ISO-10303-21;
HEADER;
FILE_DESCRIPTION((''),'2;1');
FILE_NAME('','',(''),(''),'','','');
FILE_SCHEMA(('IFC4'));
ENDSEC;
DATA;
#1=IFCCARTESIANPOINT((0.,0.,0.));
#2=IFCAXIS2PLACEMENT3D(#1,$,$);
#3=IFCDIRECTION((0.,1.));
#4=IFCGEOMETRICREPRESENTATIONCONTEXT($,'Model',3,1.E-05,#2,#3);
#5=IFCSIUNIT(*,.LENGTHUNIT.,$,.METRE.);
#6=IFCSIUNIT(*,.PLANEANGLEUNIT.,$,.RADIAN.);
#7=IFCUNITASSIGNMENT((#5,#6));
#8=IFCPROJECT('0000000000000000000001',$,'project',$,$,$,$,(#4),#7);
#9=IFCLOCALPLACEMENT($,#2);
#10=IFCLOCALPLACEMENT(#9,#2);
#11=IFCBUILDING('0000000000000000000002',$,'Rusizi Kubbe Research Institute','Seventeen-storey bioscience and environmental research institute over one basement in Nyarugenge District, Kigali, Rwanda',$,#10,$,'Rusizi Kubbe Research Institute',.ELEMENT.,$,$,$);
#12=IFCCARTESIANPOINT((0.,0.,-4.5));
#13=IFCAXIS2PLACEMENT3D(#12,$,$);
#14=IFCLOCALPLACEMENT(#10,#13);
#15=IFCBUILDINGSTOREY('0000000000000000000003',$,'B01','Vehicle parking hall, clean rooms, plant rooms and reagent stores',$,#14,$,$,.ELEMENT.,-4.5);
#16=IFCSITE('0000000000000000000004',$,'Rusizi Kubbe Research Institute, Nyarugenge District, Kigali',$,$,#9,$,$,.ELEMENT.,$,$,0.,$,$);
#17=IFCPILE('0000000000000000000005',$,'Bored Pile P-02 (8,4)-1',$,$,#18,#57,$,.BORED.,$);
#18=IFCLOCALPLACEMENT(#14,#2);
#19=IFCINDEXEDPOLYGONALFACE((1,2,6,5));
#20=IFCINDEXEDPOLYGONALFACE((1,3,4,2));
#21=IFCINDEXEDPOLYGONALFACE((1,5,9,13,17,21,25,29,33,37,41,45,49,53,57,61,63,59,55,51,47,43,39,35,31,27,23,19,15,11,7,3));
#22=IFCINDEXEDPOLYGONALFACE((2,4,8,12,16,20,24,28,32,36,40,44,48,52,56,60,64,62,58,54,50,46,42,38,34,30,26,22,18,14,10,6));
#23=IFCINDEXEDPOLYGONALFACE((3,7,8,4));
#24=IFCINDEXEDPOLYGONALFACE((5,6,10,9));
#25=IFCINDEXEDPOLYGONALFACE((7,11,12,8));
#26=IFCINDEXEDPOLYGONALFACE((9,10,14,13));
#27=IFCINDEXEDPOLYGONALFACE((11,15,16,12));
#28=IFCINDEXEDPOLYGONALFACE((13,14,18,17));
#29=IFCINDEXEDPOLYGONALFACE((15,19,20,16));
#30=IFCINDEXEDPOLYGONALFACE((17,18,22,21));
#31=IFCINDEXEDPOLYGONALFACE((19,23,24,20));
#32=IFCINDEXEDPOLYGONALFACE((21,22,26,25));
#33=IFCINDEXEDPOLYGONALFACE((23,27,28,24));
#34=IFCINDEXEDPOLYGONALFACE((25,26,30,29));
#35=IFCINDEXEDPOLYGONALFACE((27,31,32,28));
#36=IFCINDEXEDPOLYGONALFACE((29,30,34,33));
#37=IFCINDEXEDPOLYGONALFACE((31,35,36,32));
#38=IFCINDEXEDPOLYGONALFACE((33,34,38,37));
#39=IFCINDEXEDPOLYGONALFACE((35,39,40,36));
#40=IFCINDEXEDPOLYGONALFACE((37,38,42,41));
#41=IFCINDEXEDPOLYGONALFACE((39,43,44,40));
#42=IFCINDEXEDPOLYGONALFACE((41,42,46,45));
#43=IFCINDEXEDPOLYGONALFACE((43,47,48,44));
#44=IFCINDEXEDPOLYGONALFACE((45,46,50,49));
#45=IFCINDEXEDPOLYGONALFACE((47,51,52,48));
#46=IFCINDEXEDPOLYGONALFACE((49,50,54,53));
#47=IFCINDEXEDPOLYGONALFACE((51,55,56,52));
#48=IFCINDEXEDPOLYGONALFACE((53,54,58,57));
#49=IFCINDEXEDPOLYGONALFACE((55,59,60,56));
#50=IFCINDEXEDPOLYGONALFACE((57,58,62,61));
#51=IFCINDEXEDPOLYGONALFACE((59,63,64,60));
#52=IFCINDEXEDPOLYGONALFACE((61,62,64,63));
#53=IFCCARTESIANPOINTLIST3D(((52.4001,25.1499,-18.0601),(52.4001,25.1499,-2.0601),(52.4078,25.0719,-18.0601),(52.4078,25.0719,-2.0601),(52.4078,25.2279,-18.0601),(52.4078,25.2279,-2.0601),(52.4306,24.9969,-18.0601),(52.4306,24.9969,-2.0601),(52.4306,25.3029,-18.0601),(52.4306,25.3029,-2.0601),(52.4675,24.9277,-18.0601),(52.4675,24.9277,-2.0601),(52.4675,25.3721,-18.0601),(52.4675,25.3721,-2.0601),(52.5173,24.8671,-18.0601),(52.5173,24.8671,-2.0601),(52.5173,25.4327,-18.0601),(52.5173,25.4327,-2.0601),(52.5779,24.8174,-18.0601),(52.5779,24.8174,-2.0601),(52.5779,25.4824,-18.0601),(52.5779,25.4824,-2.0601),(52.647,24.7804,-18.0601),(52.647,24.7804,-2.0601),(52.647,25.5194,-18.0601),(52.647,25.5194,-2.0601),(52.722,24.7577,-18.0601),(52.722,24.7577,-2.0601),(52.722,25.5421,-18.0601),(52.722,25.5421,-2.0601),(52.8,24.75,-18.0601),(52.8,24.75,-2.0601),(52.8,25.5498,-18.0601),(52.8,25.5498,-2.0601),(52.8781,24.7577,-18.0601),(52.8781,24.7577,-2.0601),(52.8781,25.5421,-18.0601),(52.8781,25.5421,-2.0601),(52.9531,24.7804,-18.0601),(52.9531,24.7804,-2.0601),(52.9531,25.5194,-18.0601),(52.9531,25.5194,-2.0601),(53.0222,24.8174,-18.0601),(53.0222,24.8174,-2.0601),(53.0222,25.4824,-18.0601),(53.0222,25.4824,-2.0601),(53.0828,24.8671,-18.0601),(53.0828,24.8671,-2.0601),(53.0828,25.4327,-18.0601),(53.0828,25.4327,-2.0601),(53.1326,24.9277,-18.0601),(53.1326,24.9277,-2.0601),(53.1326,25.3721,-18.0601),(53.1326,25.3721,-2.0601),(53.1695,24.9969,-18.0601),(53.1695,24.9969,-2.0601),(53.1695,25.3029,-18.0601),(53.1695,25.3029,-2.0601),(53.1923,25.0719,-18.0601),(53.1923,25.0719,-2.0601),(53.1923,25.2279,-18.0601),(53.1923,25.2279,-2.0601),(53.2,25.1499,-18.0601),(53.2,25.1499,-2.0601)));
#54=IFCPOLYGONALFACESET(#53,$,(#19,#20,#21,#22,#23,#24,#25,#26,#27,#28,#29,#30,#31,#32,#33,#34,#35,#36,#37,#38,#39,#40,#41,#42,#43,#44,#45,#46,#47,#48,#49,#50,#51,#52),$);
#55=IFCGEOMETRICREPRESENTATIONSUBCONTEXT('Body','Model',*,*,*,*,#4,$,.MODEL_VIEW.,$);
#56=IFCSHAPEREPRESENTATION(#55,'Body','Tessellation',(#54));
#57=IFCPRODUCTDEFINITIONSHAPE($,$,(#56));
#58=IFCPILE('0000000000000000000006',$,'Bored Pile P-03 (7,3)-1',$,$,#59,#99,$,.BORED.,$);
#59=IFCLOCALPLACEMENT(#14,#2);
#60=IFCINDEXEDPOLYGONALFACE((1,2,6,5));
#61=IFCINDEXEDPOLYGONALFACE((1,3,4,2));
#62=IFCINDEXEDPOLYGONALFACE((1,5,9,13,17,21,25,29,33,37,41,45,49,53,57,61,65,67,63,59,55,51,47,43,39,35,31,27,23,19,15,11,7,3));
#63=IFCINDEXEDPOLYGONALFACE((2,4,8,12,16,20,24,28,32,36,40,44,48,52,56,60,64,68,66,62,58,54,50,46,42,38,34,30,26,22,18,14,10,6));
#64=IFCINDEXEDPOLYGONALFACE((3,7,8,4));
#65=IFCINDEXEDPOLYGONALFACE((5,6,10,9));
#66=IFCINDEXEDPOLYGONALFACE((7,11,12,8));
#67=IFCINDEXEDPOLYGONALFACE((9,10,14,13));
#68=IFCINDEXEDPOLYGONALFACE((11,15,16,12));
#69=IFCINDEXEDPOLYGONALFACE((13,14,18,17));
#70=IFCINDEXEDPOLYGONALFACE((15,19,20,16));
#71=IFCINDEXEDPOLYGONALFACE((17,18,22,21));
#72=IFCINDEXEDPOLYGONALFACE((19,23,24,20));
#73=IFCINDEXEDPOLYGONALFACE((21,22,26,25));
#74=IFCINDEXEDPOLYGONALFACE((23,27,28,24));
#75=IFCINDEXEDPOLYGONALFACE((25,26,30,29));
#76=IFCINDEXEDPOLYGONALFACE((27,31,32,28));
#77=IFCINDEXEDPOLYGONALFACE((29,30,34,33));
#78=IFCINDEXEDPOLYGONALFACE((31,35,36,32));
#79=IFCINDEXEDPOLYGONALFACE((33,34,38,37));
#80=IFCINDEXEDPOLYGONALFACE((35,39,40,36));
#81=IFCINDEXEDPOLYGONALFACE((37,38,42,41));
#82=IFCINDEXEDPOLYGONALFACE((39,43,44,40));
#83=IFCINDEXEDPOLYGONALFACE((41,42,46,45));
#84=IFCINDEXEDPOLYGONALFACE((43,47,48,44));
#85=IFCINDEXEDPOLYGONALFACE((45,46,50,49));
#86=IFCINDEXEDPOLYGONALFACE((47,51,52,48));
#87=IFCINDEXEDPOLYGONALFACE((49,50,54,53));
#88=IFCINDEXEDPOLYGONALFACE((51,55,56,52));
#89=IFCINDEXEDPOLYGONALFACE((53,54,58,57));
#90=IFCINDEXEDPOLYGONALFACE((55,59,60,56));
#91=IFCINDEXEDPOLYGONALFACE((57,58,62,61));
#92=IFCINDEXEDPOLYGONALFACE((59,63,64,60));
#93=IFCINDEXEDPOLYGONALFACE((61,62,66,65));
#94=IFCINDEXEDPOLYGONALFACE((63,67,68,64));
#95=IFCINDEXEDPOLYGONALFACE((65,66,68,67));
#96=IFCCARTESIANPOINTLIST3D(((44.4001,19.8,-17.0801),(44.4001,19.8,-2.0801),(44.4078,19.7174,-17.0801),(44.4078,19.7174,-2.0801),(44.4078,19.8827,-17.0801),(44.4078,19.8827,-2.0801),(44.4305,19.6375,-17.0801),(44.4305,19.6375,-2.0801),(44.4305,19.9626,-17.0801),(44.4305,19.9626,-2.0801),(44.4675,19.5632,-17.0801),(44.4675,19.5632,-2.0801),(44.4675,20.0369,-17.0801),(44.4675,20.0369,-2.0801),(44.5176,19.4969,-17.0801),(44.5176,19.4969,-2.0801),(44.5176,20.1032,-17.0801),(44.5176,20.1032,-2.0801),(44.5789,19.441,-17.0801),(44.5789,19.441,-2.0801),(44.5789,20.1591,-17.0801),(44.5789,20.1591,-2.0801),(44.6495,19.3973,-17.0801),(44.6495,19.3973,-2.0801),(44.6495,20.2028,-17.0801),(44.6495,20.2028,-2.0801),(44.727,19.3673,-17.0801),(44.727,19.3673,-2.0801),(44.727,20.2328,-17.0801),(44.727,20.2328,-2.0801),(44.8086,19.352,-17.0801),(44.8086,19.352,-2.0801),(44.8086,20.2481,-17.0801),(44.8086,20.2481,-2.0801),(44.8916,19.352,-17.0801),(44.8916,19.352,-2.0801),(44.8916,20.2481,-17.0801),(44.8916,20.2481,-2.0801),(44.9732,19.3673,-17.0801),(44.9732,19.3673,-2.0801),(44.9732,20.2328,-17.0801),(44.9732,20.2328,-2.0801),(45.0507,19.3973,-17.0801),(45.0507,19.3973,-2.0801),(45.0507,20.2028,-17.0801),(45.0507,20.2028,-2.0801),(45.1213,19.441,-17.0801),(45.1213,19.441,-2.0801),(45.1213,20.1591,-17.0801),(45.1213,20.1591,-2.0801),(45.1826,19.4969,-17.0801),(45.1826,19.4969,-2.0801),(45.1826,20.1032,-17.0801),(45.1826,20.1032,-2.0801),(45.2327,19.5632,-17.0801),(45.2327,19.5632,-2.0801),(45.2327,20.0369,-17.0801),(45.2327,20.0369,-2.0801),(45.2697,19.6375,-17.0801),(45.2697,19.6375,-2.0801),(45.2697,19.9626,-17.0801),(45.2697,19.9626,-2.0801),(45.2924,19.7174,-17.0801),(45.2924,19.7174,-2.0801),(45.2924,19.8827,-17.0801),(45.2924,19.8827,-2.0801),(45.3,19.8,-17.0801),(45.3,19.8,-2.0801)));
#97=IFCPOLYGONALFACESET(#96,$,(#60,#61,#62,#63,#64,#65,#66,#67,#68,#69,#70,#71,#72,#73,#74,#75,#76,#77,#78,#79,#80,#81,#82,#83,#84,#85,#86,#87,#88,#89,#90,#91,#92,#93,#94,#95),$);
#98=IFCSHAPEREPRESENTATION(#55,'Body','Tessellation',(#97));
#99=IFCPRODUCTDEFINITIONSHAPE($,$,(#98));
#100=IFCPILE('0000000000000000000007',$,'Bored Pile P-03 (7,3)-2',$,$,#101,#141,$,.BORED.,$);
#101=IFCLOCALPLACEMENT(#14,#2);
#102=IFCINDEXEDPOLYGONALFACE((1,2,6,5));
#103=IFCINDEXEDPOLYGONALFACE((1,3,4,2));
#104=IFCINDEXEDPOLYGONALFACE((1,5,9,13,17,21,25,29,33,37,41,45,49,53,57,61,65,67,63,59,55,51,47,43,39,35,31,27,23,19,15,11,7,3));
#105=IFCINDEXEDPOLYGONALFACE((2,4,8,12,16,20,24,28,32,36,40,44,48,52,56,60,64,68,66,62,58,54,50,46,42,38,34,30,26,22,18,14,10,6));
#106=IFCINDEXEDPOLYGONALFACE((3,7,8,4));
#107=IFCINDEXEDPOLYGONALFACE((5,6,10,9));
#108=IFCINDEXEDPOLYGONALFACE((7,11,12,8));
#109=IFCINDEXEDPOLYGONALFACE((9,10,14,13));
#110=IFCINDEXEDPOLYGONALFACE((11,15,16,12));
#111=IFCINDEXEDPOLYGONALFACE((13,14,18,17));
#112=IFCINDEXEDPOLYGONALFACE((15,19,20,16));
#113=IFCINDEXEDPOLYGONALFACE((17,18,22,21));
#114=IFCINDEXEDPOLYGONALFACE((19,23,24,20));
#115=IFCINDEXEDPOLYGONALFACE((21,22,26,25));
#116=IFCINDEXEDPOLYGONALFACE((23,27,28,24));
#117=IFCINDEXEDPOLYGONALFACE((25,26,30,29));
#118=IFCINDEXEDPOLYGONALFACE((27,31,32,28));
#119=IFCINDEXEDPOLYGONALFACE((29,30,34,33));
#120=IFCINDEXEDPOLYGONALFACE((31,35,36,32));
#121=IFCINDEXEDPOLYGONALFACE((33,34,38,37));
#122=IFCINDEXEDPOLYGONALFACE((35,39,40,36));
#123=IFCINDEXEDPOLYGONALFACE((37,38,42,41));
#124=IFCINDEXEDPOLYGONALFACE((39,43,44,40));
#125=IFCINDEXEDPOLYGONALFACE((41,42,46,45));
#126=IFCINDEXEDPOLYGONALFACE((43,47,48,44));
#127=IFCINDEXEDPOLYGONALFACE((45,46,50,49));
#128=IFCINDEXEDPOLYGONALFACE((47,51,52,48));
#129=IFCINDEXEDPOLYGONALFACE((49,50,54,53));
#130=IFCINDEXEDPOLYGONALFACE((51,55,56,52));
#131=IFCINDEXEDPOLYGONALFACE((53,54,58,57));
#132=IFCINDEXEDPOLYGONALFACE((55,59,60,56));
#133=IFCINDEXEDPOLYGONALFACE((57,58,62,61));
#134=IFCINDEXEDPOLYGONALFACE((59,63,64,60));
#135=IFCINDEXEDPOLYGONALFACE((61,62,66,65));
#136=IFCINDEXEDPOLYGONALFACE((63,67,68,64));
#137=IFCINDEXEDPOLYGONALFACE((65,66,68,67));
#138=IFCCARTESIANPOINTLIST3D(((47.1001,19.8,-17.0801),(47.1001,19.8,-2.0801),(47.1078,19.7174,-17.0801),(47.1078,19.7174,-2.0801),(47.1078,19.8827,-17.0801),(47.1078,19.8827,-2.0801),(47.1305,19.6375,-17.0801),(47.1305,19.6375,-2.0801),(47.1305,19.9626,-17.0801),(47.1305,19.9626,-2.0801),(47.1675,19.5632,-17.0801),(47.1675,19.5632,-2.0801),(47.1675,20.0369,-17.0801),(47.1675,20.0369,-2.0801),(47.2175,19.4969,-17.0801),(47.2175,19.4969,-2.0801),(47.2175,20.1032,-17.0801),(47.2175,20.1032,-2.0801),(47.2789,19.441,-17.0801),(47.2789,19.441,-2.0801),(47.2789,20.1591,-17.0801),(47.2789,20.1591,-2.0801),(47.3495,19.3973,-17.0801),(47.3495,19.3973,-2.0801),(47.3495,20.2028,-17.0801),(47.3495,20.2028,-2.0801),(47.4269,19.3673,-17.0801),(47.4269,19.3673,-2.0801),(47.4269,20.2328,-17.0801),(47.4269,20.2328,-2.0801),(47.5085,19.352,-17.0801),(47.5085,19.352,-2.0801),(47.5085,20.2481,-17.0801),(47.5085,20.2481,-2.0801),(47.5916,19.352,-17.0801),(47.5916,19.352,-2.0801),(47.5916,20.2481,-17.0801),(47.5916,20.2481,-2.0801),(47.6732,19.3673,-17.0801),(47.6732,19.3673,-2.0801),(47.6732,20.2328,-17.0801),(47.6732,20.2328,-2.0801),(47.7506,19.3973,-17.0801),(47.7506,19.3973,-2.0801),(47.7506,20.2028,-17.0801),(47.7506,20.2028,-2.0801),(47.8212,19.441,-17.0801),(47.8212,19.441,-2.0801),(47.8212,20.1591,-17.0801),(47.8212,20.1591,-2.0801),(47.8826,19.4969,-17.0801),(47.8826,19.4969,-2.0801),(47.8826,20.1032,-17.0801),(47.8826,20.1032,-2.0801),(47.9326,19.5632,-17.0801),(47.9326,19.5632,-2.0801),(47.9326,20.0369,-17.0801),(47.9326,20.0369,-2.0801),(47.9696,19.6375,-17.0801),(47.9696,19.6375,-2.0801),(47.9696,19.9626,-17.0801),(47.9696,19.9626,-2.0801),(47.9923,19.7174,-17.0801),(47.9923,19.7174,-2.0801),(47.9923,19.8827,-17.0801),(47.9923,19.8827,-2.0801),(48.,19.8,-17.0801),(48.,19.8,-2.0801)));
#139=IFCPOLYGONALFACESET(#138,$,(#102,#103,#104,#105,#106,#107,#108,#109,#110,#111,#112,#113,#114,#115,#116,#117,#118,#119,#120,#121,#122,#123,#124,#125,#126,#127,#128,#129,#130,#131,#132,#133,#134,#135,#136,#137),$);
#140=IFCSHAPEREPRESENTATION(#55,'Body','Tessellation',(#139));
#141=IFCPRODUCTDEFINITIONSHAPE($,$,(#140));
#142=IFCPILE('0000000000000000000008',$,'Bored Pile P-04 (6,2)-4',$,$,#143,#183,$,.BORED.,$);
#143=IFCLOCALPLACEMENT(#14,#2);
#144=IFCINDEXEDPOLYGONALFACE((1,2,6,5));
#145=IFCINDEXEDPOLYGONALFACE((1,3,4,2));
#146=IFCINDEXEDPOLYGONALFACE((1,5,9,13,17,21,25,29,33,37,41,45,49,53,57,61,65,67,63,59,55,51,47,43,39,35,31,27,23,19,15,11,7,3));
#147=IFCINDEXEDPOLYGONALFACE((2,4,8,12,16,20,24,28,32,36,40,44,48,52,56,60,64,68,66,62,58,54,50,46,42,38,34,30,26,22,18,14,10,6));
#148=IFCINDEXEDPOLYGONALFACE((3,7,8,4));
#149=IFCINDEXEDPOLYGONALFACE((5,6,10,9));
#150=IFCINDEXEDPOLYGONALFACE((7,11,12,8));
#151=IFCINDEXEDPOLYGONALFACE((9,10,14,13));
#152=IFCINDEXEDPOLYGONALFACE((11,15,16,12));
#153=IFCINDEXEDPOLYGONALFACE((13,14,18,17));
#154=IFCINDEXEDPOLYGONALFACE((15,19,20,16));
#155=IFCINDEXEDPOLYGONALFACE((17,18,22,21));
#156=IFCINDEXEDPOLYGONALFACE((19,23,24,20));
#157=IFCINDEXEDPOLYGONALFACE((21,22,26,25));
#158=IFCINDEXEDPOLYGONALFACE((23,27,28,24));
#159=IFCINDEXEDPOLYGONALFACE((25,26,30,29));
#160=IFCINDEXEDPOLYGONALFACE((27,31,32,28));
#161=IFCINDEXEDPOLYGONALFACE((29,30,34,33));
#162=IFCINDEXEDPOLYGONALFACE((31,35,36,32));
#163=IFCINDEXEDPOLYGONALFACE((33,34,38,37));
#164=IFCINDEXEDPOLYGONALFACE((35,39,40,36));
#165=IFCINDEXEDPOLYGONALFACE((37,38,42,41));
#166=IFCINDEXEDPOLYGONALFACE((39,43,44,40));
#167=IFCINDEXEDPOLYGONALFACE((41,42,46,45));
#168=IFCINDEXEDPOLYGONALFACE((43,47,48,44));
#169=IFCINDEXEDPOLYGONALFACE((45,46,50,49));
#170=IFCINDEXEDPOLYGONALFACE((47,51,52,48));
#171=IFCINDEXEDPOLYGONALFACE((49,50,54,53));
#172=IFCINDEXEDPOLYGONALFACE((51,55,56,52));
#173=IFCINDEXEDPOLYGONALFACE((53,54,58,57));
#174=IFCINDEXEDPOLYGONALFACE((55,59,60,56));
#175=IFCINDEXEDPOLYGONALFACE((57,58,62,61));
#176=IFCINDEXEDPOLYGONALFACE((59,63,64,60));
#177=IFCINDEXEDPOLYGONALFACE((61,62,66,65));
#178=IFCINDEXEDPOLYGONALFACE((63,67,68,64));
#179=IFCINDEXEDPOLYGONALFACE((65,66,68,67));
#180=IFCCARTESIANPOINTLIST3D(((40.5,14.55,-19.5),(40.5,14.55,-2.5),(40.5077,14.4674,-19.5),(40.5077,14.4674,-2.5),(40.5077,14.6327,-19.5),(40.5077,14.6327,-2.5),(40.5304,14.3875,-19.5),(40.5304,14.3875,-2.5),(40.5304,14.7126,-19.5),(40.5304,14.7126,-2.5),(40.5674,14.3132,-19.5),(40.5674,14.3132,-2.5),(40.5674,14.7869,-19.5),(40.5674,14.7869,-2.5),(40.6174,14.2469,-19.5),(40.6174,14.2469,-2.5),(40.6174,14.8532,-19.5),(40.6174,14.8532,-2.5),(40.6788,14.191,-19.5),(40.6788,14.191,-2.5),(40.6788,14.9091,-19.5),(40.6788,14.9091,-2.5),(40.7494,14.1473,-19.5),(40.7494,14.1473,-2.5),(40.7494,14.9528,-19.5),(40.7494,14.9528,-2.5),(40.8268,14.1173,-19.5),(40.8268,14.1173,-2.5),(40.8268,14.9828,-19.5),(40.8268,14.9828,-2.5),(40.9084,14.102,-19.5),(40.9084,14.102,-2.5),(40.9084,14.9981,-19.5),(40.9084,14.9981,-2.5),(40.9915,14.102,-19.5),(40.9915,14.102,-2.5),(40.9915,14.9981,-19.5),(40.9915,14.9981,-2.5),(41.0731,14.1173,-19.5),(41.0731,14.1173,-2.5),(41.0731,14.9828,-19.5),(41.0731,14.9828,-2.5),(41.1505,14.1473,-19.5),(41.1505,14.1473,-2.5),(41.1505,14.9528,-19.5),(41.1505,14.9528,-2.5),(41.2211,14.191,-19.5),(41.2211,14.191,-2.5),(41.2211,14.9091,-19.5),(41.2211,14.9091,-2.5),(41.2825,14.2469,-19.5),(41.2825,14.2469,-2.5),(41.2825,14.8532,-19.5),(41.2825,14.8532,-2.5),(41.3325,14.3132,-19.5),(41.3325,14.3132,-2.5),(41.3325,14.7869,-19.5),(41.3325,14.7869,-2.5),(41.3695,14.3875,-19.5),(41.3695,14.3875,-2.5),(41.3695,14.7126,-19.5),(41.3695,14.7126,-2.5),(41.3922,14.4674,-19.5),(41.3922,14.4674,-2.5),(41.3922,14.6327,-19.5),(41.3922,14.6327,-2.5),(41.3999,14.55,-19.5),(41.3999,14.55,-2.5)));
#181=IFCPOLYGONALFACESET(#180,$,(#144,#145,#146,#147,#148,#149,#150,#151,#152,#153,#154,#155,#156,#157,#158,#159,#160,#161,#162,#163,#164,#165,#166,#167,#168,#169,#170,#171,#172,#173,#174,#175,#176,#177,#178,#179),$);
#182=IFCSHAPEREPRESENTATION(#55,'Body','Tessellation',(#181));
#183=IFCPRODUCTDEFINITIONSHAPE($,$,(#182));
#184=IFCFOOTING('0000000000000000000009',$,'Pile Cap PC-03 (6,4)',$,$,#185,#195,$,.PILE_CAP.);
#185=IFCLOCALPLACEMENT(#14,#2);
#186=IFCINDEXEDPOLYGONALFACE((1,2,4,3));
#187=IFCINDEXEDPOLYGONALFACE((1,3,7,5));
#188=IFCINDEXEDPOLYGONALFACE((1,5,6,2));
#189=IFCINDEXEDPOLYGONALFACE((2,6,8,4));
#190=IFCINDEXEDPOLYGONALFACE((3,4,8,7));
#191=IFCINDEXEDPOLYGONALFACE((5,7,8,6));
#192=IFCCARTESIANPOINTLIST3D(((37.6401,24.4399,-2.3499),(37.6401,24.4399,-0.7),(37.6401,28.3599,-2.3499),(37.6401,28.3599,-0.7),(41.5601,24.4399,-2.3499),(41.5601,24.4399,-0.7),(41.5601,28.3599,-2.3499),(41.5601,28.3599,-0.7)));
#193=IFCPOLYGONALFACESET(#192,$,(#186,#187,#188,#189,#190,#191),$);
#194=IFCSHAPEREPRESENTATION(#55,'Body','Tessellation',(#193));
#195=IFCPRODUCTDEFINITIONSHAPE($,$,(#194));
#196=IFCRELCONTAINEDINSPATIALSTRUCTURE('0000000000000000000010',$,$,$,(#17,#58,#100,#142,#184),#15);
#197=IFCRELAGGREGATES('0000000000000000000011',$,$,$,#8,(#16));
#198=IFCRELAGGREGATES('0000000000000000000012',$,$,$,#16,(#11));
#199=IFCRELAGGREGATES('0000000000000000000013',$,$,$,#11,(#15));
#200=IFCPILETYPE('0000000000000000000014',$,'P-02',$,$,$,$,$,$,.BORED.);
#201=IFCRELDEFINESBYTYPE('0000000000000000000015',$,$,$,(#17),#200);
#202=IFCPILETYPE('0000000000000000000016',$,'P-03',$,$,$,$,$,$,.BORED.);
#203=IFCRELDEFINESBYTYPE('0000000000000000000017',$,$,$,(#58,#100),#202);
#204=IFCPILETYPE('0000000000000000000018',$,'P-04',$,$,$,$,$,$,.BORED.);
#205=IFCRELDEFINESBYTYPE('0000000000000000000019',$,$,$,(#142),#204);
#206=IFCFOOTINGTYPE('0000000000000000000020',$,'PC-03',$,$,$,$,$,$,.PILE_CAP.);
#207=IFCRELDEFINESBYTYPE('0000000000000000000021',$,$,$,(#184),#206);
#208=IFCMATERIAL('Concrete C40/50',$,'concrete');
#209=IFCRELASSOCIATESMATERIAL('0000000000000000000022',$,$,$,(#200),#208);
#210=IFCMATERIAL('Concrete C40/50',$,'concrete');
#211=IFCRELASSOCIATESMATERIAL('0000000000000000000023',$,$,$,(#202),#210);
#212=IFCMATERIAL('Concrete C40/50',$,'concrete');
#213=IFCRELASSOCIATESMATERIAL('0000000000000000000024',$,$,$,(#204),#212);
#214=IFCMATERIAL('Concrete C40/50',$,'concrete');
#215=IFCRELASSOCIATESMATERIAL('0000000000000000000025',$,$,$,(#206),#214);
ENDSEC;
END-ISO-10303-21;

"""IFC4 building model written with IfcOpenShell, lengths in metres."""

from ifc_helpers import new_model, si_unit, direction, frame, origin, origin_2d, place, context, subcontext, project, spatial, rectangle, circle, extrude, material, material_profile, profile_set, type_object, element, save


model = new_model("IFC4")

# Units and contexts
model_context = context("Model", 3, precision=1e-05, world=origin(), true_north=direction((0.0, 1.0)))
body_context = subcontext(model_context, "Body", "Model", "MODEL_VIEW")
ifc_project = project(units=[si_unit("LENGTHUNIT", "METRE"), si_unit("PLANEANGLEUNIT", "RADIAN")], contexts=[model_context])

# Site, building, storey
site_placement = place(None, origin())
site = spatial("IfcSite", under=ifc_project, at=site_placement, Name="Rusizi Kubbe Research Institute, Nyarugenge District, Kigali", CompositionType="ELEMENT", RefElevation=0.0)
building_placement = place(site_placement, origin())
building = spatial("IfcBuilding", under=site, at=building_placement, Name="Rusizi Kubbe Research Institute", Description="Seventeen-storey bioscience and environmental research institute over one basement in Nyarugenge District, Kigali, Rwanda", LongName="Rusizi Kubbe Research Institute", CompositionType="ELEMENT")
storey_placement = place(building_placement, frame((0.0, 0.0, -4.5)))
storey = spatial("IfcBuildingStorey", under=building, at=storey_placement, Name="B01", Description="Vehicle parking hall, clean rooms, plant rooms and reagent stores", CompositionType="ELEMENT", Elevation=-4.5)

# Piles
ifc_material_1 = material(Name="Concrete C40/50", Category="concrete")
ifc_material_profile_1 = material_profile(ifc_material_1, circle(Radius=0.3999, at=origin_2d()), Name="PILE-D800")
ifc_profile_set_1 = profile_set([ifc_material_profile_1], Name="Concrete C40/50")
pile_type_1 = type_object("IfcPileType", Name="P-02", PredefinedType="BORED", material=ifc_profile_set_1)
for number, where, z_axis, x_axis, name in (
    (1, (52.8, 25.1499, -2.0601), (0.0, 0.0, -1.0), (1.0, 0.0, 0.0), "Bored Pile P-02 (8,4)-1"),
):
    element("IfcPile", number, at=place(storey_placement, frame(where, z_axis=z_axis, x_axis=x_axis)), inside=storey, type_object=pile_type_1, Name=name, PredefinedType="BORED", context=body_context, shape_type="SweptSolid", body=[
        extrude(circle(Radius=0.3999, at=origin_2d()), origin(), (0.0, 0.0, 1.0), 16.0),
    ])
ifc_material_2 = material(Name="Concrete C40/50", Category="concrete")
ifc_material_profile_2 = material_profile(ifc_material_2, circle(Radius=0.45, at=origin_2d()), Name="PILE-D900")
ifc_profile_set_2 = profile_set([ifc_material_profile_2], Name="Concrete C40/50")
pile_type_2 = type_object("IfcPileType", Name="P-03", PredefinedType="BORED", material=ifc_profile_set_2)
for number, where, z_axis, x_axis, name in (
    (2, (44.8501, 19.8, -2.0801), (0.0, 0.0, -1.0), (1.0, 0.0, 0.0), "Bored Pile P-03 (7,3)-1"),
    (3, (47.55, 19.8, -2.0801), (0.0, 0.0, -1.0), (1.0, 0.0, 0.0), "Bored Pile P-03 (7,3)-2"),
):
    element("IfcPile", number, at=place(storey_placement, frame(where, z_axis=z_axis, x_axis=x_axis)), inside=storey, type_object=pile_type_2, Name=name, PredefinedType="BORED", context=body_context, shape_type="SweptSolid", body=[
        extrude(circle(Radius=0.45, at=origin_2d()), origin(), (0.0, 0.0, 1.0), 15.0),
    ])
ifc_material_3 = material(Name="Concrete C40/50", Category="concrete")
ifc_material_profile_3 = material_profile(ifc_material_3, circle(Radius=0.45, at=origin_2d()), Name="PILE-D900")
ifc_profile_set_3 = profile_set([ifc_material_profile_3], Name="Concrete C40/50")
pile_type_3 = type_object("IfcPileType", Name="P-04", PredefinedType="BORED", material=ifc_profile_set_3)
pile_placement = place(storey_placement, frame((40.95, 14.55, -2.5), z_axis=(0.0, 0.0, -1.0), x_axis=(1.0, 0.0, 0.0)))
element("IfcPile", 4, at=pile_placement, inside=storey, type_object=pile_type_3, Name="Bored Pile P-04 (6,2)-4", PredefinedType="BORED", context=body_context, shape_type="SweptSolid", body=[
    extrude(circle(Radius=0.45, at=origin_2d()), origin(), (0.0, 0.0, 1.0), 17.0),
])

# Footing
ifc_material_4 = material(Name="Concrete C40/50", Category="concrete")
footing_type_1 = type_object("IfcFootingType", Name="PC-03", PredefinedType="PILE_CAP", material=ifc_material_4)
footing_1_placement = place(storey_placement, frame((39.6001, 26.3999, -2.3499), z_axis=(0.0, 0.0, 1.0), x_axis=(1.0, 0.0, 0.0)))
element("IfcFooting", 5, at=footing_1_placement, inside=storey, type_object=footing_type_1, Name="Pile Cap PC-03 (6,4)", PredefinedType="PILE_CAP", context=body_context, shape_type="SweptSolid", body=[
    extrude(rectangle(XDim=3.9199, YDim=3.9199, at=origin_2d()), origin(), (0.0, 0.0, 1.0), 1.6499),
])

save(model, "model.ifc")
